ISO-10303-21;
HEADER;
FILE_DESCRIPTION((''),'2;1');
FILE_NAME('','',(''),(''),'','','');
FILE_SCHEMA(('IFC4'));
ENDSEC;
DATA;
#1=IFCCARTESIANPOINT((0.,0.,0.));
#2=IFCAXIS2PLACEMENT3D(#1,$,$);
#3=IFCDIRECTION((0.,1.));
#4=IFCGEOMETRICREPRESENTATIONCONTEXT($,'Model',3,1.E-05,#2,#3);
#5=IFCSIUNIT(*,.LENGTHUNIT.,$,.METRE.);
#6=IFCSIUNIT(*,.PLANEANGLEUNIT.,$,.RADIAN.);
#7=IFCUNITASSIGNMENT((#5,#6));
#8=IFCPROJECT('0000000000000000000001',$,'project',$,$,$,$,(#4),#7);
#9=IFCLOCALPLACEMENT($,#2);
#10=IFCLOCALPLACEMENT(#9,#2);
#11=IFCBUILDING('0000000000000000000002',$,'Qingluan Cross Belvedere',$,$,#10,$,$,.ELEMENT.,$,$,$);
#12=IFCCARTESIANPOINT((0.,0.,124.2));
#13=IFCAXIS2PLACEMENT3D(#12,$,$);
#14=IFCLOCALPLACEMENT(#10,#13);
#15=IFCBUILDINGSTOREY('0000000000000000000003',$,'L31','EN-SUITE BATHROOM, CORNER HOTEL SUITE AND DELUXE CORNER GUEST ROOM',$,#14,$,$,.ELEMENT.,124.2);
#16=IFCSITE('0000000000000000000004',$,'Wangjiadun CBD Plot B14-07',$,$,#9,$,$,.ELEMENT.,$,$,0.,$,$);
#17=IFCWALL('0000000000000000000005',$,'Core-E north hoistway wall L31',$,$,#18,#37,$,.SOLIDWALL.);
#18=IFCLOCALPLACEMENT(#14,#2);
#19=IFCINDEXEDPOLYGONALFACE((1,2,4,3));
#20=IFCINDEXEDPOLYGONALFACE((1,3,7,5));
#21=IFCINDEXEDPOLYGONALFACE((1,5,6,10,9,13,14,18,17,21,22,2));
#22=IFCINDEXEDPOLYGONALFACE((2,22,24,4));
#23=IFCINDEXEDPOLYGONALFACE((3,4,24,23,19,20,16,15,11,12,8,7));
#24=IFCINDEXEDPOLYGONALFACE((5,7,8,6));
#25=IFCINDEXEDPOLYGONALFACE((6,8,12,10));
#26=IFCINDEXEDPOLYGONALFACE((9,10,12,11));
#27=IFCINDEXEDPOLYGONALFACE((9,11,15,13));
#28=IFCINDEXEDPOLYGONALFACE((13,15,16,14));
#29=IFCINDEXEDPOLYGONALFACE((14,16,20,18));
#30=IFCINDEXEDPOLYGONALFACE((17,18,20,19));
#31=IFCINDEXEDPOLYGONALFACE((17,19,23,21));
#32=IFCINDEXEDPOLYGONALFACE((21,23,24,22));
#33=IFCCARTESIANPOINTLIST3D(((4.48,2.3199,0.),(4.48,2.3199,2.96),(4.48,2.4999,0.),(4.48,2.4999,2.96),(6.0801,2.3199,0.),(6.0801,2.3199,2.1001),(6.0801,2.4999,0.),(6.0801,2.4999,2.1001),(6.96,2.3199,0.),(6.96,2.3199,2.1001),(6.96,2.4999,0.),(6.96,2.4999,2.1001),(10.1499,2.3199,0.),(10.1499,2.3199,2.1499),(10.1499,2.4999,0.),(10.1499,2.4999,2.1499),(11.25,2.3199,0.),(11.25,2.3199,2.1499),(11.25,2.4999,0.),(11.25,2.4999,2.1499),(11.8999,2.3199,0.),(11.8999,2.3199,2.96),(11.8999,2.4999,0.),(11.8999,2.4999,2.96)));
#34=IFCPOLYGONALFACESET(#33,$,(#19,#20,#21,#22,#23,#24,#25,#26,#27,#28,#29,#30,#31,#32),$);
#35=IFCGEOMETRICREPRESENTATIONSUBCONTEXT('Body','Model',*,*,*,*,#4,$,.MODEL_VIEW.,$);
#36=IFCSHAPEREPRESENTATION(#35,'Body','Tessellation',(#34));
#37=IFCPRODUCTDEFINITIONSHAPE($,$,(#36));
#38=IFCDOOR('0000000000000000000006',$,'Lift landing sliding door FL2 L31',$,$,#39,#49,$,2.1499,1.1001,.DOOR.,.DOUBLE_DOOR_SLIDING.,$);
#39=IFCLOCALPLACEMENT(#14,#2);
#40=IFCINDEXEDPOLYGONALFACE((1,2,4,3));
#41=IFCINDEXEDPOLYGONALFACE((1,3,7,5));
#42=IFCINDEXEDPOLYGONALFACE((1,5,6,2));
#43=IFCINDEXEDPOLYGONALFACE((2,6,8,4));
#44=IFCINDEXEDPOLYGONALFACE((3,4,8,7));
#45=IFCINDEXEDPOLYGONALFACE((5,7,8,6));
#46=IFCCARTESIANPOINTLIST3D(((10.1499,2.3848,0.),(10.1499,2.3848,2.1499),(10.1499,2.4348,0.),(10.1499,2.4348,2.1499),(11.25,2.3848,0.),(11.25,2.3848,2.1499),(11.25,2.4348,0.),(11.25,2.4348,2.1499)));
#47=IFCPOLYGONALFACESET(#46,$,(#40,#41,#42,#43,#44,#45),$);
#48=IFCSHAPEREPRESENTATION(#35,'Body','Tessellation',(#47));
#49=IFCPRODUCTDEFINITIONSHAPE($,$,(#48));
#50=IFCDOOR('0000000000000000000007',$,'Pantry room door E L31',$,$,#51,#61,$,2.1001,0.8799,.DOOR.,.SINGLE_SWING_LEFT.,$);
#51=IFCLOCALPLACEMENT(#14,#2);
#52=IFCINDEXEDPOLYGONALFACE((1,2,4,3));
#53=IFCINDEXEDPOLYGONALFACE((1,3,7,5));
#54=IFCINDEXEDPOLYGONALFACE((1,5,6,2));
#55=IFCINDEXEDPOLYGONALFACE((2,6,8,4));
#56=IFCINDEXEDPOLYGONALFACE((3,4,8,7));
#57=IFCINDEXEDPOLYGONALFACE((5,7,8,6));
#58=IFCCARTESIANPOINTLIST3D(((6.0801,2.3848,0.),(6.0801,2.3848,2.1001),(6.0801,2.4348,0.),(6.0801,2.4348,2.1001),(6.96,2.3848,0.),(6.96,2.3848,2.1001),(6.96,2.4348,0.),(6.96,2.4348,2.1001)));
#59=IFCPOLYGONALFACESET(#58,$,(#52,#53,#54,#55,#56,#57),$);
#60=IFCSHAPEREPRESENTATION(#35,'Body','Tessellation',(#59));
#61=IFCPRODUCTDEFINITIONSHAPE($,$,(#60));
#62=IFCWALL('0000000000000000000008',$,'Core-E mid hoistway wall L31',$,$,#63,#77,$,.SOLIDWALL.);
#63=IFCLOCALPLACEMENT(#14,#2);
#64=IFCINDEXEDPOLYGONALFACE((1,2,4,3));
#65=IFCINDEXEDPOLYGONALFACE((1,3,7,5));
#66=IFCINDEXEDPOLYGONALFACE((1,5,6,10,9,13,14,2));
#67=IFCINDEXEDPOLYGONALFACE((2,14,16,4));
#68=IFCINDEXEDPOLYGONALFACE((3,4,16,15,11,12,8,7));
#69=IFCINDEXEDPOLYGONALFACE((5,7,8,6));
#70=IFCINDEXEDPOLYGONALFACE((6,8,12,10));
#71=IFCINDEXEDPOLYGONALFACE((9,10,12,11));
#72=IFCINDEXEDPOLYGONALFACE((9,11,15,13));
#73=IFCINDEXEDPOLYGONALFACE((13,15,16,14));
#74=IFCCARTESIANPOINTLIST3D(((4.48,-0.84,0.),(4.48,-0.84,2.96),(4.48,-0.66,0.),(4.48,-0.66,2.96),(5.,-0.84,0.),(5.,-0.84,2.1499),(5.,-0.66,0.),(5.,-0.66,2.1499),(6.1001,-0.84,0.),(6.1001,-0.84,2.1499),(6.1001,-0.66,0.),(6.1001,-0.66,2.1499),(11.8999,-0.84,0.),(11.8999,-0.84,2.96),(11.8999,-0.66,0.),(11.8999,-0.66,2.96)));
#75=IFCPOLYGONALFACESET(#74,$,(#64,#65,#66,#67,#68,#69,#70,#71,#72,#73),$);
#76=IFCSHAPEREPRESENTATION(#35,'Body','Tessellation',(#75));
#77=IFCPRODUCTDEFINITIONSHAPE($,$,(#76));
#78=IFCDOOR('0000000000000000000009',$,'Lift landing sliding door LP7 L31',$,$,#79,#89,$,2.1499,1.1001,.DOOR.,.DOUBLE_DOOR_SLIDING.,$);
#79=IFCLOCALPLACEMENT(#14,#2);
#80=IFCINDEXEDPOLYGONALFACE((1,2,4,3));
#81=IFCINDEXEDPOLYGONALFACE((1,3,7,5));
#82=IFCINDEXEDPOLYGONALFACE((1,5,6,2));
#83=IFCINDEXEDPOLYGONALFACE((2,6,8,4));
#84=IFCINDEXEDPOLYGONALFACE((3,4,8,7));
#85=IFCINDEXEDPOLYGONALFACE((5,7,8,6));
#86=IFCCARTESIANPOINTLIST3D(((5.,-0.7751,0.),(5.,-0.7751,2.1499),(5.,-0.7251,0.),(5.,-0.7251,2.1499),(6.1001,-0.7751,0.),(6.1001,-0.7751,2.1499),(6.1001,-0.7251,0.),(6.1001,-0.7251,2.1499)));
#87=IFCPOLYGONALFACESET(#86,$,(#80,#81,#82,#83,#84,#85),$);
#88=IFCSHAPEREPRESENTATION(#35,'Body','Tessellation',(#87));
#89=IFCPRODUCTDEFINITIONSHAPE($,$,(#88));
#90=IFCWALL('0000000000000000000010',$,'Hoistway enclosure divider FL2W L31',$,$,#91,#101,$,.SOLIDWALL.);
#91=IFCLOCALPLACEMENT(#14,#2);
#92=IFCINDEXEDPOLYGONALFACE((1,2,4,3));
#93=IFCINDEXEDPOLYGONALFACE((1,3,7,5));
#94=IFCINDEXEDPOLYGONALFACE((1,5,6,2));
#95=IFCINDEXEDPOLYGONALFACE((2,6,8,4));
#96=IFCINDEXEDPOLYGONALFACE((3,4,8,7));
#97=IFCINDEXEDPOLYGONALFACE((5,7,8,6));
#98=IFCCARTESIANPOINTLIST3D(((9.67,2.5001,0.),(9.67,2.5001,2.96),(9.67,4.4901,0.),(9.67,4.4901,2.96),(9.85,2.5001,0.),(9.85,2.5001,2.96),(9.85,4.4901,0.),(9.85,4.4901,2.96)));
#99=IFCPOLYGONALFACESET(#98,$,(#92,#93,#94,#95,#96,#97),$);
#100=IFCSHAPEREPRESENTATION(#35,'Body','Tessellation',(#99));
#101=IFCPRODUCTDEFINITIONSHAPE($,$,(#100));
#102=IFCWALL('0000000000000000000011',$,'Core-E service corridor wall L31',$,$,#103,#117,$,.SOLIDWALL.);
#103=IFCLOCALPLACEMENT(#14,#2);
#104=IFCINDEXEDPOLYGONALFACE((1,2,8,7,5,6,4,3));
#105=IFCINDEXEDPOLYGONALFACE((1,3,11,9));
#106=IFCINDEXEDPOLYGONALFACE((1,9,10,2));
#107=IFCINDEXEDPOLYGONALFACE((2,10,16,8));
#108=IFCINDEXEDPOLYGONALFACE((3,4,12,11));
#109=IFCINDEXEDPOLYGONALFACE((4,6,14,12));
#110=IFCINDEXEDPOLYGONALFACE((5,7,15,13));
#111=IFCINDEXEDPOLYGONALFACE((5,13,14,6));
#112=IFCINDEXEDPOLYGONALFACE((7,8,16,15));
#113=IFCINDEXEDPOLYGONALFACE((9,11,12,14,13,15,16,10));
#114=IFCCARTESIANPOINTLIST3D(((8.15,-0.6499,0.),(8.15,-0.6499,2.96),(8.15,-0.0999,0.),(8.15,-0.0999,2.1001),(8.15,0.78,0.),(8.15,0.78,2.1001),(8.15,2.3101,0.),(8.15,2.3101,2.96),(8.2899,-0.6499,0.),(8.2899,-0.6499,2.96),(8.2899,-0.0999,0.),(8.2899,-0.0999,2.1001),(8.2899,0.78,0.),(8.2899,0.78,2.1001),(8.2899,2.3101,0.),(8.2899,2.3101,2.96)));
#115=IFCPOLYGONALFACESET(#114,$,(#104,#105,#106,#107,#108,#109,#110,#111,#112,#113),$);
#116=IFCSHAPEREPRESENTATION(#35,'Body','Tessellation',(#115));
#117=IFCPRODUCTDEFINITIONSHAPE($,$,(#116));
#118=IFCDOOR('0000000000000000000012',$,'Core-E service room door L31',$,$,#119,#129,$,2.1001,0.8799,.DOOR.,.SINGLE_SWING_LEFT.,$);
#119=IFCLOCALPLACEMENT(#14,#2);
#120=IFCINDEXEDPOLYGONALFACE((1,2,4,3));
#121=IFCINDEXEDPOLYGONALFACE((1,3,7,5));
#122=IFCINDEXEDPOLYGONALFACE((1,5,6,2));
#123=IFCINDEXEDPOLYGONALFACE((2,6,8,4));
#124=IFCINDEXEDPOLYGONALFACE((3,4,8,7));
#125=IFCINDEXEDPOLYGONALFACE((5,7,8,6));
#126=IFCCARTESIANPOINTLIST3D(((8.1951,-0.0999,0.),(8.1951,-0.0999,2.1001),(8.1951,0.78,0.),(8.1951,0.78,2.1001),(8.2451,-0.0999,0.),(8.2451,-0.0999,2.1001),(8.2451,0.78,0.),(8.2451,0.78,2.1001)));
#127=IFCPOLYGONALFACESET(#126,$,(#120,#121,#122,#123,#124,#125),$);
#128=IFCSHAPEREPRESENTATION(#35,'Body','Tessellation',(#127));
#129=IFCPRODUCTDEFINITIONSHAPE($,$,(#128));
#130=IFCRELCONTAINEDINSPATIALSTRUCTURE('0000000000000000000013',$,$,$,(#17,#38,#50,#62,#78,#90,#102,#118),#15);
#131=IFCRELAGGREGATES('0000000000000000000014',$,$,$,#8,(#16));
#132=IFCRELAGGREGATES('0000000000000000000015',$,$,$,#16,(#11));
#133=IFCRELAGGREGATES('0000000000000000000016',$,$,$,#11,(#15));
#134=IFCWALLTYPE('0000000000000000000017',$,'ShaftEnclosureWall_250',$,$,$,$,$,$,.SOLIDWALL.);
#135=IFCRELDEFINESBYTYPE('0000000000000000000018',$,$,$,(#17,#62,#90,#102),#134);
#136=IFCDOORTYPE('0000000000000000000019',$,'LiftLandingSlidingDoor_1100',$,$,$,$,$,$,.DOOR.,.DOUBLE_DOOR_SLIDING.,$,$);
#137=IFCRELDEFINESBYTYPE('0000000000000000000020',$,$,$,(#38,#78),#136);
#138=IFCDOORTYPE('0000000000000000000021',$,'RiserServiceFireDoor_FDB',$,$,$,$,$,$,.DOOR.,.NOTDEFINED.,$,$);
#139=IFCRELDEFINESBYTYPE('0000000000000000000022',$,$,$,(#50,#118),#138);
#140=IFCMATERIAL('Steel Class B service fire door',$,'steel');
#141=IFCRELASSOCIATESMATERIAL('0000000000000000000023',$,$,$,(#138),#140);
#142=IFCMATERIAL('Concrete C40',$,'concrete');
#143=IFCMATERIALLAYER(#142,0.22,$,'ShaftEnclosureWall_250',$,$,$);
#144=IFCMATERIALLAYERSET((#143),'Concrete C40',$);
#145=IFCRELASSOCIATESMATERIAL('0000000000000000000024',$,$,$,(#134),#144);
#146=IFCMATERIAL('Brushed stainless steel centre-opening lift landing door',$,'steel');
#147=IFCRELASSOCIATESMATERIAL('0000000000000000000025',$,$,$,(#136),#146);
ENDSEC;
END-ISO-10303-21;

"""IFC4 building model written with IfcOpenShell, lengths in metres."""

from ifc_helpers import new_model, si_unit, direction, frame, frame_2d, origin, place, context, subcontext, project, spatial, rectangle, extrude, material, layer, layer_set, type_object, element, fill, save


model = new_model("IFC4")

# Units and contexts
model_context = context("Model", 3, precision=1e-05, world=origin(), true_north=direction((0.0, 1.0)))
body_context = subcontext(model_context, "Body", "Model", "MODEL_VIEW")
ifc_project = project(units=[si_unit("LENGTHUNIT", "METRE"), si_unit("PLANEANGLEUNIT", "RADIAN")], contexts=[model_context])

# Site, building, storey
site_placement = place(None, origin())
site = spatial("IfcSite", under=ifc_project, at=site_placement, Name="Wangjiadun CBD Plot B14-07", CompositionType="ELEMENT", RefElevation=0.0)
building_placement = place(site_placement, origin())
building = spatial("IfcBuilding", under=site, at=building_placement, Name="Qingluan Cross Belvedere", CompositionType="ELEMENT")
storey_placement = place(building_placement, frame((0.0, 0.0, 124.2)))
storey = spatial("IfcBuildingStorey", under=building, at=storey_placement, Name="L31", Description="EN-SUITE BATHROOM, CORNER HOTEL SUITE AND DELUXE CORNER GUEST ROOM", CompositionType="ELEMENT", Elevation=124.2)

# Shared definitions
ifc_material_1 = material(Name="Steel Class B service fire door", Category="steel")
door_type_1 = type_object("IfcDoorType", Name="RiserServiceFireDoor_FDB", OperationType="NOTDEFINED", PredefinedType="DOOR", material=ifc_material_1)

# Wall, openings, doors
ifc_material_2 = material(Name="Concrete C40", Category="concrete")
ifc_layer_1 = layer(ifc_material_2, 0.22, Name="ShaftEnclosureWall_250")
ifc_layer_set_1 = layer_set([ifc_layer_1], Name="Concrete C40")
wall_type_1 = type_object("IfcWallType", Name="ShaftEnclosureWall_250", PredefinedType="SOLIDWALL", material=ifc_layer_set_1)
wall_1_placement = place(storey_placement, frame((4.48, 2.4099, 0.0), z_axis=(0.0, 0.0, 1.0), x_axis=(1.0, 0.0, 0.0)))
wall_1 = element("IfcWall", 1, at=wall_1_placement, inside=storey, type_object=wall_type_1, Name="Core-E north hoistway wall L31", PredefinedType="SOLIDWALL", context=body_context, shape_type="SweptSolid", body=[
    extrude(rectangle(XDim=7.4199, YDim=0.1799, at=frame_2d((3.71, 0.0))), origin(), (0.0, 0.0, 1.0), 2.96),
])
opening_1_placement = place(wall_1_placement, frame((5.6699, 0.0, 0.0)))
opening_1 = element("IfcOpeningElement", 2, at=opening_1_placement, cuts=wall_1, PredefinedType="OPENING", context=body_context, shape_type="SweptSolid", body=[
    extrude(rectangle(XDim=1.1001, YDim=2.1499, at=frame_2d((0.55, 1.075))), frame((0.0, 0.0999, 0.0), z_axis=(0.0, -1.0, 0.0), x_axis=(1.0, 0.0, 0.0)), (0.0, 0.0, 1.0), 0.2),
])
opening_2_placement = place(wall_1_placement, frame((1.6001, 0.0, 0.0)))
opening_2 = element("IfcOpeningElement", 3, at=opening_2_placement, cuts=wall_1, PredefinedType="OPENING", context=body_context, shape_type="SweptSolid", body=[
    extrude(rectangle(XDim=0.8799, YDim=2.1001, at=frame_2d((0.4399, 1.05))), frame((0.0, 0.0999, 0.0), z_axis=(0.0, -1.0, 0.0), x_axis=(1.0, 0.0, 0.0)), (0.0, 0.0, 1.0), 0.2),
])
ifc_material_3 = material(Name="Brushed stainless steel centre-opening lift landing door", Category="steel")
door_type_2 = type_object("IfcDoorType", Name="LiftLandingSlidingDoor_1100", OperationType="DOUBLE_DOOR_SLIDING", PredefinedType="DOOR", material=ifc_material_3)
door_1_placement = place(opening_1_placement, origin())
door_1 = element("IfcDoor", 4, at=door_1_placement, inside=storey, type_object=door_type_2, Name="Lift landing sliding door FL2 L31", OperationType="DOUBLE_DOOR_SLIDING", OverallHeight=2.1499, OverallWidth=1.1001, PredefinedType="DOOR", context=body_context, shape_type="SweptSolid", body=[
    extrude(rectangle(XDim=1.1001, YDim=2.1499, at=frame_2d((0.55, 1.075))), frame((0.0, 0.0249, 0.0), z_axis=(0.0, -1.0, 0.0), x_axis=(1.0, 0.0, 0.0)), (0.0, 0.0, 1.0), 0.05),
])
fill(opening_1, door_1)
door_2_placement = place(opening_2_placement, origin())
door_2 = element("IfcDoor", 5, at=door_2_placement, inside=storey, type_object=door_type_1, Name="Pantry room door E L31", OperationType="SINGLE_SWING_LEFT", OverallHeight=2.1001, OverallWidth=0.8799, PredefinedType="DOOR", context=body_context, shape_type="SweptSolid", body=[
    extrude(rectangle(XDim=0.8799, YDim=2.1001, at=frame_2d((0.4399, 1.05))), frame((0.0, 0.0249, 0.0), z_axis=(0.0, -1.0, 0.0), x_axis=(1.0, 0.0, 0.0)), (0.0, 0.0, 1.0), 0.05),
])
fill(opening_2, door_2)

# Wall, opening, door
wall_2_placement = place(storey_placement, frame((4.48, -0.75, 0.0), z_axis=(0.0, 0.0, 1.0), x_axis=(1.0, 0.0, 0.0)))
wall_2 = element("IfcWall", 6, at=wall_2_placement, inside=storey, type_object=wall_type_1, Name="Core-E mid hoistway wall L31", PredefinedType="SOLIDWALL", context=body_context, shape_type="SweptSolid", body=[
    extrude(rectangle(XDim=7.4199, YDim=0.1799, at=frame_2d((3.71, 0.0))), origin(), (0.0, 0.0, 1.0), 2.96),
])
opening_3_placement = place(wall_2_placement, frame((0.52, 0.0, 0.0)))
opening_3 = element("IfcOpeningElement", 7, at=opening_3_placement, cuts=wall_2, PredefinedType="OPENING", context=body_context, shape_type="SweptSolid", body=[
    extrude(rectangle(XDim=1.1001, YDim=2.1499, at=frame_2d((0.55, 1.075))), frame((0.0, 0.0999, 0.0), z_axis=(0.0, -1.0, 0.0), x_axis=(1.0, 0.0, 0.0)), (0.0, 0.0, 1.0), 0.2),
])
door_3_placement = place(opening_3_placement, origin())
door_3 = element("IfcDoor", 8, at=door_3_placement, inside=storey, type_object=door_type_2, Name="Lift landing sliding door LP7 L31", OperationType="DOUBLE_DOOR_SLIDING", OverallHeight=2.1499, OverallWidth=1.1001, PredefinedType="DOOR", context=body_context, shape_type="SweptSolid", body=[
    extrude(rectangle(XDim=1.1001, YDim=2.1499, at=frame_2d((0.55, 1.075))), frame((0.0, 0.0249, 0.0), z_axis=(0.0, -1.0, 0.0), x_axis=(1.0, 0.0, 0.0)), (0.0, 0.0, 1.0), 0.05),
])
fill(opening_3, door_3)

# Wall
wall_3_placement = place(storey_placement, frame((9.76, 2.5, 0.0), z_axis=(0.0, 0.0, 1.0), x_axis=(0.0, 1.0, 0.0)))
element("IfcWall", 9, at=wall_3_placement, inside=storey, type_object=wall_type_1, Name="Hoistway enclosure divider FL2W L31", PredefinedType="SOLIDWALL", context=body_context, shape_type="SweptSolid", body=[
    extrude(rectangle(XDim=1.99, YDim=0.1799, at=frame_2d((0.9951, 0.0))), origin(), (0.0, 0.0, 1.0), 2.96),
])

# Wall, opening, door
wall_4_placement = place(storey_placement, frame((8.22, -0.6499, 0.0), z_axis=(0.0, 0.0, 1.0), x_axis=(0.0, 1.0, 0.0)))
wall_4 = element("IfcWall", 10, at=wall_4_placement, inside=storey, type_object=wall_type_1, Name="Core-E service corridor wall L31", PredefinedType="SOLIDWALL", context=body_context, shape_type="SweptSolid", body=[
    extrude(rectangle(XDim=2.96, YDim=0.1399, at=frame_2d((1.48, 0.0))), origin(), (0.0, 0.0, 1.0), 2.96),
])
opening_4_placement = place(wall_4_placement, frame((0.55, 0.0, 0.0)))
opening_4 = element("IfcOpeningElement", 11, at=opening_4_placement, cuts=wall_4, PredefinedType="OPENING", context=body_context, shape_type="SweptSolid", body=[
    extrude(rectangle(XDim=0.8799, YDim=2.1001, at=frame_2d((0.4399, 1.05))), frame((0.0, 0.0798, 0.0), z_axis=(0.0, -1.0, 0.0), x_axis=(1.0, 0.0, 0.0)), (0.0, 0.0, 1.0), 0.1599),
])
door_4_placement = place(opening_4_placement, origin())
door_4 = element("IfcDoor", 12, at=door_4_placement, inside=storey, type_object=door_type_1, Name="Core-E service room door L31", OperationType="SINGLE_SWING_LEFT", OverallHeight=2.1001, OverallWidth=0.8799, PredefinedType="DOOR", context=body_context, shape_type="SweptSolid", body=[
    extrude(rectangle(XDim=0.8799, YDim=2.1001, at=frame_2d((0.4399, 1.05))), frame((0.0, 0.0249, 0.0), z_axis=(0.0, -1.0, 0.0), x_axis=(1.0, 0.0, 0.0)), (0.0, 0.0, 1.0), 0.05),
])
fill(opening_4, door_4)

save(model, "model.ifc")
